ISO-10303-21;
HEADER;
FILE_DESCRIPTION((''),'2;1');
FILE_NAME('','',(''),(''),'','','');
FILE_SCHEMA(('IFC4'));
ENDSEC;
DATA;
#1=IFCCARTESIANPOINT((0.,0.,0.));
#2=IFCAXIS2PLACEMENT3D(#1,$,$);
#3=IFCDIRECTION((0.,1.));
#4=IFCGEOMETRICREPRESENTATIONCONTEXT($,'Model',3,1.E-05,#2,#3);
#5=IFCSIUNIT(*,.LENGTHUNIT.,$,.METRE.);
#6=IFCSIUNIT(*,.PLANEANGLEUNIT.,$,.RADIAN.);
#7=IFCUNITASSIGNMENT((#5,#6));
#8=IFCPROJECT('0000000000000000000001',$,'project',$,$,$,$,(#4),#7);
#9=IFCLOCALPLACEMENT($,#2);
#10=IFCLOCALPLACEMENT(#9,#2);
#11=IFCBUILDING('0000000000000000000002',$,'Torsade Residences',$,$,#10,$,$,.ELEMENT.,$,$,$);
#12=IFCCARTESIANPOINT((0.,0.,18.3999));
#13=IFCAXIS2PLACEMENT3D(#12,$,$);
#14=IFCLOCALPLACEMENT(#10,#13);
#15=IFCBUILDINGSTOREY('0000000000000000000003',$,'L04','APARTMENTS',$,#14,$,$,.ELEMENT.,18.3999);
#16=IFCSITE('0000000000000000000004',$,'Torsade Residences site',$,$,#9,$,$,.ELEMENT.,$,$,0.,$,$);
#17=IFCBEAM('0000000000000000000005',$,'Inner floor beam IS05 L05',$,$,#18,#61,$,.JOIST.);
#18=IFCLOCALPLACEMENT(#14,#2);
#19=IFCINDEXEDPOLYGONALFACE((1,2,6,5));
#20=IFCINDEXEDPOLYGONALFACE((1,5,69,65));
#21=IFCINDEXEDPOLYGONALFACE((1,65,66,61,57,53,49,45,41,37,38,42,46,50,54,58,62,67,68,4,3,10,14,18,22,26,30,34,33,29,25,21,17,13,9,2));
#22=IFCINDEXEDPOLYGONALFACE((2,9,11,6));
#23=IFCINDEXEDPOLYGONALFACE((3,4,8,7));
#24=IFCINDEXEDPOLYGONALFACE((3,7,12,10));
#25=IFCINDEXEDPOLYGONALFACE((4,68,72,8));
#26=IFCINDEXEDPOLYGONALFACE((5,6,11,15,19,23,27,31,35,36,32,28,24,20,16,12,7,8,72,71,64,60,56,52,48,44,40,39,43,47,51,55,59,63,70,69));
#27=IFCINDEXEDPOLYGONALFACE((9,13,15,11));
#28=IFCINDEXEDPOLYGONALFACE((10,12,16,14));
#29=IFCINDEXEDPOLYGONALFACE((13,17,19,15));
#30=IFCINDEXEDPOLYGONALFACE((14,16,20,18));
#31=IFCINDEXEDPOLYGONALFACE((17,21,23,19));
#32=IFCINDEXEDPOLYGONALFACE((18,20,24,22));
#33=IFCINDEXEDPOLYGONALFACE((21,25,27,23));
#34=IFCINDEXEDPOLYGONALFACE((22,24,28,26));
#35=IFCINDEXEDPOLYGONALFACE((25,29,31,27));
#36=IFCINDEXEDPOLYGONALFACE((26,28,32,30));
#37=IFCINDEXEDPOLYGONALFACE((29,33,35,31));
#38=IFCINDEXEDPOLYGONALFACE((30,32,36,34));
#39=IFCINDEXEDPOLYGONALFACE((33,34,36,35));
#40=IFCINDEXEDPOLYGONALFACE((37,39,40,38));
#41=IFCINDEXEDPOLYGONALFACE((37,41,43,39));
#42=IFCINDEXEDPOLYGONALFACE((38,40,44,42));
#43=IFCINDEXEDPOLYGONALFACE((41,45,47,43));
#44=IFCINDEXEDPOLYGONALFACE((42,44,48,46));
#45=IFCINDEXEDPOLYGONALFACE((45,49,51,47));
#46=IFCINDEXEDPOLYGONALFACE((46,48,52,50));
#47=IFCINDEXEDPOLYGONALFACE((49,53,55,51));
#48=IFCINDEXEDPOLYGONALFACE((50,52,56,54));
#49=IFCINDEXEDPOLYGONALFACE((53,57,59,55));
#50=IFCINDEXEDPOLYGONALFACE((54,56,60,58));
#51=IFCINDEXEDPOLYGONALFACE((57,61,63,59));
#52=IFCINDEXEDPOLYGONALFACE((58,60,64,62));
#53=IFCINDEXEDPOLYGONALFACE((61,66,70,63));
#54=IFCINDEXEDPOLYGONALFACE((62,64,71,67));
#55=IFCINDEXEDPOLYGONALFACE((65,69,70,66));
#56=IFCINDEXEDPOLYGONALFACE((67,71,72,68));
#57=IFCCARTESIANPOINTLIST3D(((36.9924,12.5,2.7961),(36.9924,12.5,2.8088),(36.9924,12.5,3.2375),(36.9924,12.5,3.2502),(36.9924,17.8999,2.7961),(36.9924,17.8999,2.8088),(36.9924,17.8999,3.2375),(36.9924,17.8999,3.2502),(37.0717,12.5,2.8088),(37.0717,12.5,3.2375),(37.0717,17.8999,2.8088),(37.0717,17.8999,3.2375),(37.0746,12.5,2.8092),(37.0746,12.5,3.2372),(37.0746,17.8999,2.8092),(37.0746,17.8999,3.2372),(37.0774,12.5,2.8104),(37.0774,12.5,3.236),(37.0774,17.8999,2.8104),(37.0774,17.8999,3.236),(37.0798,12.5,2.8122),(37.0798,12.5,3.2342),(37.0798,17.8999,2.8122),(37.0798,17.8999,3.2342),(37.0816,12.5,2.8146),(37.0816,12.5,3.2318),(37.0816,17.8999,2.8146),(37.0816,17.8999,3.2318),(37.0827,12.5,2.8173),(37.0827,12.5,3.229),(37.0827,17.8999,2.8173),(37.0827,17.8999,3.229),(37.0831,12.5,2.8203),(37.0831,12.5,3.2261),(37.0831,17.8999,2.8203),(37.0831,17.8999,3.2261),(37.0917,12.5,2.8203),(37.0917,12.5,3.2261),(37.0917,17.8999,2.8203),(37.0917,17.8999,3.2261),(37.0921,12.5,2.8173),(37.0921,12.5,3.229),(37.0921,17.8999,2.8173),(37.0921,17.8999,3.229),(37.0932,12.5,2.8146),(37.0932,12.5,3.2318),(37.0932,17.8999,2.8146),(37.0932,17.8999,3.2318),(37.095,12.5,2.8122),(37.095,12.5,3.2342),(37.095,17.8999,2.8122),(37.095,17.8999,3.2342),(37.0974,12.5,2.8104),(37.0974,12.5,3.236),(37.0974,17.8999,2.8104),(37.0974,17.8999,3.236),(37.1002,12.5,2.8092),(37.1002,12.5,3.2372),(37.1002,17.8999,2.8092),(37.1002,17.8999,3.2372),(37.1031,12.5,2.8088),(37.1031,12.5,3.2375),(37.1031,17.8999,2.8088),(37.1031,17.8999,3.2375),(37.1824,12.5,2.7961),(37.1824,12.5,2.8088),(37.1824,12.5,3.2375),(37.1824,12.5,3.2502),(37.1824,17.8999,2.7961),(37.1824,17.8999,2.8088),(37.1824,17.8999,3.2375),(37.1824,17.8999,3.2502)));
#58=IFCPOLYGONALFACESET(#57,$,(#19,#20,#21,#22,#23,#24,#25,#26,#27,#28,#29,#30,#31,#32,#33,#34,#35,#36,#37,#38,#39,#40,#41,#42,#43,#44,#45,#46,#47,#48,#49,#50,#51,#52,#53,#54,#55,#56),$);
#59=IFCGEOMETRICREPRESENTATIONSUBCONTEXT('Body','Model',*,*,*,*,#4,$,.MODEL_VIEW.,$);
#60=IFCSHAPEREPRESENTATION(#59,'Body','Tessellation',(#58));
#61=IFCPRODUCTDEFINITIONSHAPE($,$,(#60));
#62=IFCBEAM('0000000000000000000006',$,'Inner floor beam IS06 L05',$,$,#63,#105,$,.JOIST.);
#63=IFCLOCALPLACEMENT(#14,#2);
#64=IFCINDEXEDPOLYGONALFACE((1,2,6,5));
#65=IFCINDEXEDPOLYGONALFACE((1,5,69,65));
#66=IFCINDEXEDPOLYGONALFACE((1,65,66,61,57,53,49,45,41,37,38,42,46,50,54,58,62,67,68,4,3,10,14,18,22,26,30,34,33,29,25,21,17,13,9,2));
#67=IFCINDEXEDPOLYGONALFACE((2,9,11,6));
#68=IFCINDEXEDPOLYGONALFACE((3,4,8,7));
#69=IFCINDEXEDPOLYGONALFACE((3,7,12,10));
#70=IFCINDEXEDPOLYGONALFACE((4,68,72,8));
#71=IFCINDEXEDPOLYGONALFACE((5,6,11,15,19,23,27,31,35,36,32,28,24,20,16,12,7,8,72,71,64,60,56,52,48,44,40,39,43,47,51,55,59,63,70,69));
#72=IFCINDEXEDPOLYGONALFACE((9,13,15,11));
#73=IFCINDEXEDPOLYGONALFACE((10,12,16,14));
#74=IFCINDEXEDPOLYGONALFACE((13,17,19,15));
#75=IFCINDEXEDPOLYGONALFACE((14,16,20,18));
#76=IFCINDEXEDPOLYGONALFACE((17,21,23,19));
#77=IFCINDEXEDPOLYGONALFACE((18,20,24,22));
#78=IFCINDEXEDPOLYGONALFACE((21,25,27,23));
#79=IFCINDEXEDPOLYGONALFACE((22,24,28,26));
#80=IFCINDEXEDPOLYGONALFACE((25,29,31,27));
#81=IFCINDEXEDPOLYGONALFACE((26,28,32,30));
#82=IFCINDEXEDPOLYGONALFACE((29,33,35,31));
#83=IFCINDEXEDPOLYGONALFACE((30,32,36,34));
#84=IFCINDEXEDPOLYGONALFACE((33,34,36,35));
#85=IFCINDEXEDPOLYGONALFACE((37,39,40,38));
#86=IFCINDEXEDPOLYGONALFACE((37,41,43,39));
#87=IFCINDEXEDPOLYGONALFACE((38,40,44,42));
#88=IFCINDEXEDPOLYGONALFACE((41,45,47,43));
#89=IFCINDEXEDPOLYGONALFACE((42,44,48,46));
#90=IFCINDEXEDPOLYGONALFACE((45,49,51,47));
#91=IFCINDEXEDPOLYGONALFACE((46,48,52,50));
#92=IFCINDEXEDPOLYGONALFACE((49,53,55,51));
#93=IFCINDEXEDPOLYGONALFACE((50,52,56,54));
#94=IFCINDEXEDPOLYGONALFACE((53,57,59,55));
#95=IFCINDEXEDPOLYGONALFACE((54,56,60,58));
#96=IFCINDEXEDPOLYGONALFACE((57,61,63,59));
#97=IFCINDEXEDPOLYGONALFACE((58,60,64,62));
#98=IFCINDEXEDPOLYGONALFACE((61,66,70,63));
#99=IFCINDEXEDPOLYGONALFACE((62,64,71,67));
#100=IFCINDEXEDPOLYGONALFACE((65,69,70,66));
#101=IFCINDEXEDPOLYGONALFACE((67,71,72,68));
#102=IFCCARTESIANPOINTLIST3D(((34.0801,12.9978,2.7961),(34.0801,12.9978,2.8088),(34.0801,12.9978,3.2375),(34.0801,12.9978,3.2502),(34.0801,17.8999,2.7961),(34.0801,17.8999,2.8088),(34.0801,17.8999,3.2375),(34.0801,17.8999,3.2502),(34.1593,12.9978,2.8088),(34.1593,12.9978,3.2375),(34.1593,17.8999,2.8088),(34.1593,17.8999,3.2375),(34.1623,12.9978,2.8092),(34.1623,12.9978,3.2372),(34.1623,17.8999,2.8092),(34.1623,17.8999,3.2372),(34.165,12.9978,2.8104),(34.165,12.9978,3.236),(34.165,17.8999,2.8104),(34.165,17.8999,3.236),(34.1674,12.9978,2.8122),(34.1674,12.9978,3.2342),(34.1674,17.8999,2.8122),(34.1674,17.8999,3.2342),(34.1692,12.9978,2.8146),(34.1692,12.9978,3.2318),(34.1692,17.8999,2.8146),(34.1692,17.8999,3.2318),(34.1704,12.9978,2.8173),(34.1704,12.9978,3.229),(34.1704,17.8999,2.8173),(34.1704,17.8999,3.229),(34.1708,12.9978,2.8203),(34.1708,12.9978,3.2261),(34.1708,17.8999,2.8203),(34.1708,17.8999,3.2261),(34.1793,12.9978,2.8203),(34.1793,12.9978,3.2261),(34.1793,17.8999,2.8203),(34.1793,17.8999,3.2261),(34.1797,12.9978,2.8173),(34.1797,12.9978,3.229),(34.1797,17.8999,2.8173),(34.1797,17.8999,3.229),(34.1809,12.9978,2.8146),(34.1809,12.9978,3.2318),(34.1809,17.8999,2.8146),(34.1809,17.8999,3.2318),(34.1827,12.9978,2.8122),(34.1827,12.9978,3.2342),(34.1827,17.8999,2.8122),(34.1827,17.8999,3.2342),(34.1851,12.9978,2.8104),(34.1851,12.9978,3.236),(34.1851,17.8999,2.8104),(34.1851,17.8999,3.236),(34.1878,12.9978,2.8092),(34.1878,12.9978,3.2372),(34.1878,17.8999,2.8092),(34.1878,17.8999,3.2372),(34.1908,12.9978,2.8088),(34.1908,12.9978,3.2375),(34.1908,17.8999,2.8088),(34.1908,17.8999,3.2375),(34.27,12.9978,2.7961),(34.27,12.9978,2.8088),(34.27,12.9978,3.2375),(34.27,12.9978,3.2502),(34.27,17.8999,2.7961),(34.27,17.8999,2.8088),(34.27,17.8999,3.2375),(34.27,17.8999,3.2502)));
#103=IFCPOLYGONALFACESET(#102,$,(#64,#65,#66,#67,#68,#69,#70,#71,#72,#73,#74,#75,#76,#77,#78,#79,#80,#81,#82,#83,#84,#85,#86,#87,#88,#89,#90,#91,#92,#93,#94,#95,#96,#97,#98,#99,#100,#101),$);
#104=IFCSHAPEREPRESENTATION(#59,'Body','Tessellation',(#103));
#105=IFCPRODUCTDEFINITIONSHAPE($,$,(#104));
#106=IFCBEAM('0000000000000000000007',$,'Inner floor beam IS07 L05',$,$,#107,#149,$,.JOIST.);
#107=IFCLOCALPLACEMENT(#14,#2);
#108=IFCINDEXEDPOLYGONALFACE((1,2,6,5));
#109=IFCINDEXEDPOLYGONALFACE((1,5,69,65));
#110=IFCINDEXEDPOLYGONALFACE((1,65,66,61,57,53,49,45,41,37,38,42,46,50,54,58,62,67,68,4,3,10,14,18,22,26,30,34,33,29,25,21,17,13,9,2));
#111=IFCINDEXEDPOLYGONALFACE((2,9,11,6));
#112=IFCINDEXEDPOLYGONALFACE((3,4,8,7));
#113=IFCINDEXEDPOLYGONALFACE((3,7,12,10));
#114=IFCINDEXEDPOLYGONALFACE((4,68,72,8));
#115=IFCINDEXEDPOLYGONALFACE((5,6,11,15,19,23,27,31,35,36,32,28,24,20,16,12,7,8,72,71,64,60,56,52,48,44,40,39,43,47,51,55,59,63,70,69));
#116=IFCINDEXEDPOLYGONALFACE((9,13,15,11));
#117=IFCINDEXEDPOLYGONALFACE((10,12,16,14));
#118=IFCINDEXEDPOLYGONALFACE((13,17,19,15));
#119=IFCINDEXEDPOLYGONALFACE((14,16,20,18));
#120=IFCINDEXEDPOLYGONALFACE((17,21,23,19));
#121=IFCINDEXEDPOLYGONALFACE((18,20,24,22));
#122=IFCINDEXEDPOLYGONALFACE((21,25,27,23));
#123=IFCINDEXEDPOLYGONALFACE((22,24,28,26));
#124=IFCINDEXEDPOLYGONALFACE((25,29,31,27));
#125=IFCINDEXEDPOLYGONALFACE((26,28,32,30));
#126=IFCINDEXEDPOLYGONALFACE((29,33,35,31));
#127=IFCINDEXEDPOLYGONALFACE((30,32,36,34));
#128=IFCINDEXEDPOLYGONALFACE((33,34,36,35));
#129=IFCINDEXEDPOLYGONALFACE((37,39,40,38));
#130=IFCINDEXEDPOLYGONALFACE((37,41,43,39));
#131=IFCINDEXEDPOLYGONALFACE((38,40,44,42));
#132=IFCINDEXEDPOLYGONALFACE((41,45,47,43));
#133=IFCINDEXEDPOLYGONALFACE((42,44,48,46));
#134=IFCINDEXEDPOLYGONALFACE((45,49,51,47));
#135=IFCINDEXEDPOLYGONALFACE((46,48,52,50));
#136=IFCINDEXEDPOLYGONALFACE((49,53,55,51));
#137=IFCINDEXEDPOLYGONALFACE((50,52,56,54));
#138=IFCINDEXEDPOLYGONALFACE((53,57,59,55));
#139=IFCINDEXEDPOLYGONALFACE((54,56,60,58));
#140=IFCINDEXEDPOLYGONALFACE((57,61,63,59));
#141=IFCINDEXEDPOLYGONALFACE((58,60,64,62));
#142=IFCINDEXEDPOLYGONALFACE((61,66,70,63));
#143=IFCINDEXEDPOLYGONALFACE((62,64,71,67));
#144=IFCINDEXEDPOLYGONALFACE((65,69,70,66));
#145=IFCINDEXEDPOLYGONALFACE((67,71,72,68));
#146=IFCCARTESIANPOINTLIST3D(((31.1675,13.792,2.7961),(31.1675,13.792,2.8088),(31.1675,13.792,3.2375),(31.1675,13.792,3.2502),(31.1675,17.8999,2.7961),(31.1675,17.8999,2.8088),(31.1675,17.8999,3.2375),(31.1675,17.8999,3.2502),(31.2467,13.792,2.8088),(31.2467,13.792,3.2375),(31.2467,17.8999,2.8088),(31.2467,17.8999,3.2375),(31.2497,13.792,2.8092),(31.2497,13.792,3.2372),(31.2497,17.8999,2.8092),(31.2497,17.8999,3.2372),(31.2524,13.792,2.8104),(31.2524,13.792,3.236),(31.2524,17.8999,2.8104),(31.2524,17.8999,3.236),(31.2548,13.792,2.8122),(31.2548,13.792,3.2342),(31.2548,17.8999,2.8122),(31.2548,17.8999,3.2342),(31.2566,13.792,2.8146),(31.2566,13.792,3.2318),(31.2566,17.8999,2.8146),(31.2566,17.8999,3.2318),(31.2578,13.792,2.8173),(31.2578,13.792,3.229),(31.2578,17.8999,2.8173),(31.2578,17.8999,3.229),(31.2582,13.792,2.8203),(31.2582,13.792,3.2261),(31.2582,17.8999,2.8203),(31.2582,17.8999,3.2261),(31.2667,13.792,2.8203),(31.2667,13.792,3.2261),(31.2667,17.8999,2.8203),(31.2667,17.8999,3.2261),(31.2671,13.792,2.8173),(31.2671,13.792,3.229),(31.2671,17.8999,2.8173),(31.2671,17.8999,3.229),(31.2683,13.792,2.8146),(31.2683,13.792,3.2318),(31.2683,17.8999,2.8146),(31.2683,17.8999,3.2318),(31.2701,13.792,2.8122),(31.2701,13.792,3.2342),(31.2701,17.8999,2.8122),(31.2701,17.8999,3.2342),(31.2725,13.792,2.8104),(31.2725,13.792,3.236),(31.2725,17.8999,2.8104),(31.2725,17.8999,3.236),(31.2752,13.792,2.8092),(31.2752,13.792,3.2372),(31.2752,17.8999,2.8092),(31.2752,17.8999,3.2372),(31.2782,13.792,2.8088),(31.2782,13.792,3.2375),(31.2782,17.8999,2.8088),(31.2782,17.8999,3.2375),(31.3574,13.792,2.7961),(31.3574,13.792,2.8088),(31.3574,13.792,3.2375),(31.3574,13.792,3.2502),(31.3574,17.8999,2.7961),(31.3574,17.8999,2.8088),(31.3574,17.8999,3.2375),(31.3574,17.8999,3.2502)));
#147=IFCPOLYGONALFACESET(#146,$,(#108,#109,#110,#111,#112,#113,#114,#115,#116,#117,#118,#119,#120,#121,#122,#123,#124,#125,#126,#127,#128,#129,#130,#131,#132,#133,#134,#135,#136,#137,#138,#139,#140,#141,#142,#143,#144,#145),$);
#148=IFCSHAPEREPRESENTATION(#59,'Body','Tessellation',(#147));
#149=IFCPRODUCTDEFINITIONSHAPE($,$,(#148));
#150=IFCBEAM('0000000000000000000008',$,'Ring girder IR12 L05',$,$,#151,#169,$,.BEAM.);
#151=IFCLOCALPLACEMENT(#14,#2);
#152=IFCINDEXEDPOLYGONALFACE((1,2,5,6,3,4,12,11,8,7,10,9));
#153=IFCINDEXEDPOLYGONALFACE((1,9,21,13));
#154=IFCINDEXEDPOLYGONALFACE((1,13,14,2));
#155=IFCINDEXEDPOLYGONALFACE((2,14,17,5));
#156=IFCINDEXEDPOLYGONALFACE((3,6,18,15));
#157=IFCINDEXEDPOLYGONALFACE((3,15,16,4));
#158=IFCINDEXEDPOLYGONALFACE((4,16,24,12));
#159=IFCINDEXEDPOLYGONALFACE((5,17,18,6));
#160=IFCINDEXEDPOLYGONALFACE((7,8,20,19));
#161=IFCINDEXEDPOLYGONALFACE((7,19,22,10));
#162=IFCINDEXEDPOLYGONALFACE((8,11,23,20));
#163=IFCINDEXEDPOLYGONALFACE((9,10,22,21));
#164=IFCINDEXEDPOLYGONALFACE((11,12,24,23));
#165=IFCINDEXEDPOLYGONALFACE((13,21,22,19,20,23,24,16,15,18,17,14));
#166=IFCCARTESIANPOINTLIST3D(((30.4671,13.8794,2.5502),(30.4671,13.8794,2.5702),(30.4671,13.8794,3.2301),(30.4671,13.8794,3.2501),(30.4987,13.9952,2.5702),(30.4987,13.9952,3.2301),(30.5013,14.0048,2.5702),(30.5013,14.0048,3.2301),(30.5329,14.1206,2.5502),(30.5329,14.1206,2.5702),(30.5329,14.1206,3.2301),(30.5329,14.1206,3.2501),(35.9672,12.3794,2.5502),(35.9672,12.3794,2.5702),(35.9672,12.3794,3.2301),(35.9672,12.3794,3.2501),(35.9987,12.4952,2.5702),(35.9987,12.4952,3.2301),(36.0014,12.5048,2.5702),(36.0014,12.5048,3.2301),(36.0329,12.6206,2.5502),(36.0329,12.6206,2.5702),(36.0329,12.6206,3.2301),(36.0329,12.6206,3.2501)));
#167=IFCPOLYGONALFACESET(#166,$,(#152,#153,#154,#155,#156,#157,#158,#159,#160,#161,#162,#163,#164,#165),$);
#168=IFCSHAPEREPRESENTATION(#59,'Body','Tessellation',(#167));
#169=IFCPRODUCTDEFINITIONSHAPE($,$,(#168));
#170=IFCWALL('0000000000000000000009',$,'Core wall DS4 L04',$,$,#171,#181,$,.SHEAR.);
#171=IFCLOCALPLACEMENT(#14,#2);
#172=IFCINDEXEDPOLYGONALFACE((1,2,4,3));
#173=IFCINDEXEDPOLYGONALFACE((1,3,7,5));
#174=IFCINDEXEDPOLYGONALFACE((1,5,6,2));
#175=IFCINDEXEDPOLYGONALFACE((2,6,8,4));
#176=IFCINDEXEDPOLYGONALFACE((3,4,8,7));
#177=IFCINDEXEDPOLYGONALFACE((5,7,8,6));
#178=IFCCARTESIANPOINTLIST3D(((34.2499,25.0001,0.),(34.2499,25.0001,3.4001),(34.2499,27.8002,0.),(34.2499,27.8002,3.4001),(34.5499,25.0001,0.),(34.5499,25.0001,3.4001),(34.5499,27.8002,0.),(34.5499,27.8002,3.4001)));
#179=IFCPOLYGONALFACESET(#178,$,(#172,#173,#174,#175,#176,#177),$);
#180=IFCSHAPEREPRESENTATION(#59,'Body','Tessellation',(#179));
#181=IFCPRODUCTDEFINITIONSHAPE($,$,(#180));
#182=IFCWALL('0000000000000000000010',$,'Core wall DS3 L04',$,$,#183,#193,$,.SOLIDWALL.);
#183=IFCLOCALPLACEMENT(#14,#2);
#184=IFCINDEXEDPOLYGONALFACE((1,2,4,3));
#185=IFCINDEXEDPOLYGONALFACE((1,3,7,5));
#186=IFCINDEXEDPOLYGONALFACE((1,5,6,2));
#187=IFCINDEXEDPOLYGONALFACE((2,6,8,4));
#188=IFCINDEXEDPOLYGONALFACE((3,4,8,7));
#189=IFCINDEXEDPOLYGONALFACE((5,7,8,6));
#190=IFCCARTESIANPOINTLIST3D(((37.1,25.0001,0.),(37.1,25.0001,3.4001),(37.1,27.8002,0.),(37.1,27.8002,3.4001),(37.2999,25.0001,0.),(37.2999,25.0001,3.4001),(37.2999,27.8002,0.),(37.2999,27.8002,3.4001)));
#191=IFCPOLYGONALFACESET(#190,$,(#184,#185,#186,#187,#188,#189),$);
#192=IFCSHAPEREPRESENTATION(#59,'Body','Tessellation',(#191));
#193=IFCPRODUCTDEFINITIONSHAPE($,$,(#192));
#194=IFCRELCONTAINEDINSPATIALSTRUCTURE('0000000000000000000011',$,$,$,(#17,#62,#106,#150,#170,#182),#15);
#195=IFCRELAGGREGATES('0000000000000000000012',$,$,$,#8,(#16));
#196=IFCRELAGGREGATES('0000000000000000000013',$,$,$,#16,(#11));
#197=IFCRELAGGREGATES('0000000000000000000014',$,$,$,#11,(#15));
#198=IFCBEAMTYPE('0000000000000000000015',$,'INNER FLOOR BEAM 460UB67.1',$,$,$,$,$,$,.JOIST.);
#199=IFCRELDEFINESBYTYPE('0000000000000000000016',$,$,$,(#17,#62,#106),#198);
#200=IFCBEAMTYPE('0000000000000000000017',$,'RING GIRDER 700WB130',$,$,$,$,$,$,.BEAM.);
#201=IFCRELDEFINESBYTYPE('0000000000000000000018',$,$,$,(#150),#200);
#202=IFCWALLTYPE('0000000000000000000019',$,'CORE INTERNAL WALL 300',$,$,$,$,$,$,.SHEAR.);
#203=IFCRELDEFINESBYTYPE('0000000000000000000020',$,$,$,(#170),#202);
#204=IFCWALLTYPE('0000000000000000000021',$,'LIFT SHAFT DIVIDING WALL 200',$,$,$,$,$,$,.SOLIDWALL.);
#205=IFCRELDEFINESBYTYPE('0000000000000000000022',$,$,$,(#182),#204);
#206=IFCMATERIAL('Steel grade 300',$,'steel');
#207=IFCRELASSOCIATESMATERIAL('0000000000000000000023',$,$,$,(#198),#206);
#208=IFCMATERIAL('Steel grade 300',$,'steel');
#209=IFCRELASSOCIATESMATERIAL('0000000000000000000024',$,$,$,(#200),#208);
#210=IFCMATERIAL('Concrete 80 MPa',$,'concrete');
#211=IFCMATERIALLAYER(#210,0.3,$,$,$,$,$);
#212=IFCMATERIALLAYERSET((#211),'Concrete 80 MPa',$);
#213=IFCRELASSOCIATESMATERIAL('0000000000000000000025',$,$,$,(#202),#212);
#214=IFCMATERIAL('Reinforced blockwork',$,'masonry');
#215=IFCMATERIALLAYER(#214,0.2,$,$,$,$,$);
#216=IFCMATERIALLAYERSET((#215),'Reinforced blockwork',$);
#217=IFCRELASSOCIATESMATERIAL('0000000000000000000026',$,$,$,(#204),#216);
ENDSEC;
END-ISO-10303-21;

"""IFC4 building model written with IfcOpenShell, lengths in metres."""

from ifc_helpers import new_model, si_unit, direction, frame, frame_2d, origin, origin_2d, place, context, subcontext, project, spatial, rectangle, i_section, extrude, material, layer, layer_set, material_profile, profile_set, type_object, element, save


model = new_model("IFC4")

# Units and contexts
model_context = context("Model", 3, precision=1e-05, world=origin(), true_north=direction((0.0, 1.0)))
body_context = subcontext(model_context, "Body", "Model", "MODEL_VIEW")
ifc_project = project(units=[si_unit("LENGTHUNIT", "METRE"), si_unit("PLANEANGLEUNIT", "RADIAN")], contexts=[model_context])

# Site, building, storey
site_placement = place(None, origin())
site = spatial("IfcSite", under=ifc_project, at=site_placement, Name="Torsade Residences site", CompositionType="ELEMENT", RefElevation=0.0)
building_placement = place(site_placement, origin())
building = spatial("IfcBuilding", under=site, at=building_placement, Name="Torsade Residences", CompositionType="ELEMENT")
storey_placement = place(building_placement, frame((0.0, 0.0, 18.3999)))
storey = spatial("IfcBuildingStorey", under=building, at=storey_placement, Name="L04", Description="APARTMENTS", CompositionType="ELEMENT", Elevation=18.3999)

# Beams
ifc_material_1 = material(Name="Steel grade 300", Category="steel")
ifc_material_profile_1 = material_profile(ifc_material_1, i_section(OverallWidth=0.1899, OverallDepth=0.4541, WebThickness=0.0085, FlangeThickness=0.0127, FilletRadius=0.0115, at=origin_2d()), Name="460UB67.1")
ifc_profile_set_1 = profile_set([ifc_material_profile_1], Name="Steel grade 300")
beam_type_1 = type_object("IfcBeamType", Name="INNER FLOOR BEAM 460UB67.1", PredefinedType="JOIST", material=ifc_profile_set_1)
beam_1_placement = place(storey_placement, frame((37.0874, 17.8999, 3.0232), z_axis=(0.0, -1.0, 0.0), x_axis=(1.0, 0.0, 0.0)))
element("IfcBeam", 1, at=beam_1_placement, inside=storey, type_object=beam_type_1, Name="Inner floor beam IS05 L05", PredefinedType="JOIST", context=body_context, shape_type="SweptSolid", body=[
    extrude(i_section(OverallWidth=0.1899, OverallDepth=0.4541, WebThickness=0.0085, FlangeThickness=0.0127, FilletRadius=0.0115, at=origin_2d()), origin(), (0.0, 0.0, 1.0), 5.3999),
])
beam_2_placement = place(storey_placement, frame((34.175, 17.8999, 3.0232), z_axis=(0.0, -1.0, 0.0), x_axis=(1.0, 0.0, 0.0)))
element("IfcBeam", 2, at=beam_2_placement, inside=storey, type_object=beam_type_1, Name="Inner floor beam IS06 L05", PredefinedType="JOIST", context=body_context, shape_type="SweptSolid", body=[
    extrude(i_section(OverallWidth=0.1899, OverallDepth=0.4541, WebThickness=0.0085, FlangeThickness=0.0127, FilletRadius=0.0115, at=origin_2d()), origin(), (0.0, 0.0, 1.0), 4.9021),
])
beam_3_placement = place(storey_placement, frame((31.2625, 17.8999, 3.0232), z_axis=(0.0, -1.0, 0.0), x_axis=(1.0, 0.0, 0.0)))
element("IfcBeam", 3, at=beam_3_placement, inside=storey, type_object=beam_type_1, Name="Inner floor beam IS07 L05", PredefinedType="JOIST", context=body_context, shape_type="SweptSolid", body=[
    extrude(i_section(OverallWidth=0.1899, OverallDepth=0.4541, WebThickness=0.0085, FlangeThickness=0.0127, FilletRadius=0.0115, at=origin_2d()), origin(), (0.0, 0.0, 1.0), 4.1079),
])
ifc_material_2 = material(Name="Steel grade 300", Category="steel")
ifc_material_profile_2 = material_profile(ifc_material_2, i_section(OverallWidth=0.25, OverallDepth=0.7, WebThickness=0.01, FlangeThickness=0.02, at=origin_2d()), Name="700WB130")
ifc_profile_set_2 = profile_set([ifc_material_profile_2], Name="Steel grade 300")
beam_type_2 = type_object("IfcBeamType", Name="RING GIRDER 700WB130", PredefinedType="BEAM", material=ifc_profile_set_2)
beam_4_placement = place(storey_placement, frame((30.5, 14.0, 2.9001), z_axis=(0.964764, -0.263117, 0.0), x_axis=(0.263117, 0.964764, 0.0)))
element("IfcBeam", 4, at=beam_4_placement, inside=storey, type_object=beam_type_2, Name="Ring girder IR12 L05", PredefinedType="BEAM", context=body_context, shape_type="SweptSolid", body=[
    extrude(i_section(OverallWidth=0.25, OverallDepth=0.7, WebThickness=0.01, FlangeThickness=0.02, at=origin_2d()), origin(), (0.0, 0.0, 1.0), 5.7009),
])

# Walls
ifc_material_3 = material(Name="Concrete 80 MPa", Category="concrete")
ifc_layer_1 = layer(ifc_material_3, 0.3)
ifc_layer_set_1 = layer_set([ifc_layer_1], Name="Concrete 80 MPa")
wall_type_1 = type_object("IfcWallType", Name="CORE INTERNAL WALL 300", PredefinedType="SHEAR", material=ifc_layer_set_1)
wall_1_placement = place(storey_placement, frame((34.3999, 27.8, 0.0), z_axis=(0.0, 0.0, 1.0), x_axis=(0.0, -1.0, 0.0)))
element("IfcWall", 5, at=wall_1_placement, inside=storey, type_object=wall_type_1, Name="Core wall DS4 L04", PredefinedType="SHEAR", context=body_context, shape_type="SweptSolid", body=[
    extrude(rectangle(XDim=2.8, YDim=0.3, at=frame_2d((1.3999, 0.0))), origin(), (0.0, 0.0, 1.0), 3.4001),
])
ifc_material_4 = material(Name="Reinforced blockwork", Category="masonry")
ifc_layer_2 = layer(ifc_material_4, 0.2)
ifc_layer_set_2 = layer_set([ifc_layer_2], Name="Reinforced blockwork")
wall_type_2 = type_object("IfcWallType", Name="LIFT SHAFT DIVIDING WALL 200", PredefinedType="SOLIDWALL", material=ifc_layer_set_2)
wall_2_placement = place(storey_placement, frame((37.2, 27.8, 0.0), z_axis=(0.0, 0.0, 1.0), x_axis=(0.0, -1.0, 0.0)))
element("IfcWall", 6, at=wall_2_placement, inside=storey, type_object=wall_type_2, Name="Core wall DS3 L04", PredefinedType="SOLIDWALL", context=body_context, shape_type="SweptSolid", body=[
    extrude(rectangle(XDim=2.8, YDim=0.2, at=frame_2d((1.3999, 0.0))), origin(), (0.0, 0.0, 1.0), 3.4001),
])

save(model, "model.ifc")
